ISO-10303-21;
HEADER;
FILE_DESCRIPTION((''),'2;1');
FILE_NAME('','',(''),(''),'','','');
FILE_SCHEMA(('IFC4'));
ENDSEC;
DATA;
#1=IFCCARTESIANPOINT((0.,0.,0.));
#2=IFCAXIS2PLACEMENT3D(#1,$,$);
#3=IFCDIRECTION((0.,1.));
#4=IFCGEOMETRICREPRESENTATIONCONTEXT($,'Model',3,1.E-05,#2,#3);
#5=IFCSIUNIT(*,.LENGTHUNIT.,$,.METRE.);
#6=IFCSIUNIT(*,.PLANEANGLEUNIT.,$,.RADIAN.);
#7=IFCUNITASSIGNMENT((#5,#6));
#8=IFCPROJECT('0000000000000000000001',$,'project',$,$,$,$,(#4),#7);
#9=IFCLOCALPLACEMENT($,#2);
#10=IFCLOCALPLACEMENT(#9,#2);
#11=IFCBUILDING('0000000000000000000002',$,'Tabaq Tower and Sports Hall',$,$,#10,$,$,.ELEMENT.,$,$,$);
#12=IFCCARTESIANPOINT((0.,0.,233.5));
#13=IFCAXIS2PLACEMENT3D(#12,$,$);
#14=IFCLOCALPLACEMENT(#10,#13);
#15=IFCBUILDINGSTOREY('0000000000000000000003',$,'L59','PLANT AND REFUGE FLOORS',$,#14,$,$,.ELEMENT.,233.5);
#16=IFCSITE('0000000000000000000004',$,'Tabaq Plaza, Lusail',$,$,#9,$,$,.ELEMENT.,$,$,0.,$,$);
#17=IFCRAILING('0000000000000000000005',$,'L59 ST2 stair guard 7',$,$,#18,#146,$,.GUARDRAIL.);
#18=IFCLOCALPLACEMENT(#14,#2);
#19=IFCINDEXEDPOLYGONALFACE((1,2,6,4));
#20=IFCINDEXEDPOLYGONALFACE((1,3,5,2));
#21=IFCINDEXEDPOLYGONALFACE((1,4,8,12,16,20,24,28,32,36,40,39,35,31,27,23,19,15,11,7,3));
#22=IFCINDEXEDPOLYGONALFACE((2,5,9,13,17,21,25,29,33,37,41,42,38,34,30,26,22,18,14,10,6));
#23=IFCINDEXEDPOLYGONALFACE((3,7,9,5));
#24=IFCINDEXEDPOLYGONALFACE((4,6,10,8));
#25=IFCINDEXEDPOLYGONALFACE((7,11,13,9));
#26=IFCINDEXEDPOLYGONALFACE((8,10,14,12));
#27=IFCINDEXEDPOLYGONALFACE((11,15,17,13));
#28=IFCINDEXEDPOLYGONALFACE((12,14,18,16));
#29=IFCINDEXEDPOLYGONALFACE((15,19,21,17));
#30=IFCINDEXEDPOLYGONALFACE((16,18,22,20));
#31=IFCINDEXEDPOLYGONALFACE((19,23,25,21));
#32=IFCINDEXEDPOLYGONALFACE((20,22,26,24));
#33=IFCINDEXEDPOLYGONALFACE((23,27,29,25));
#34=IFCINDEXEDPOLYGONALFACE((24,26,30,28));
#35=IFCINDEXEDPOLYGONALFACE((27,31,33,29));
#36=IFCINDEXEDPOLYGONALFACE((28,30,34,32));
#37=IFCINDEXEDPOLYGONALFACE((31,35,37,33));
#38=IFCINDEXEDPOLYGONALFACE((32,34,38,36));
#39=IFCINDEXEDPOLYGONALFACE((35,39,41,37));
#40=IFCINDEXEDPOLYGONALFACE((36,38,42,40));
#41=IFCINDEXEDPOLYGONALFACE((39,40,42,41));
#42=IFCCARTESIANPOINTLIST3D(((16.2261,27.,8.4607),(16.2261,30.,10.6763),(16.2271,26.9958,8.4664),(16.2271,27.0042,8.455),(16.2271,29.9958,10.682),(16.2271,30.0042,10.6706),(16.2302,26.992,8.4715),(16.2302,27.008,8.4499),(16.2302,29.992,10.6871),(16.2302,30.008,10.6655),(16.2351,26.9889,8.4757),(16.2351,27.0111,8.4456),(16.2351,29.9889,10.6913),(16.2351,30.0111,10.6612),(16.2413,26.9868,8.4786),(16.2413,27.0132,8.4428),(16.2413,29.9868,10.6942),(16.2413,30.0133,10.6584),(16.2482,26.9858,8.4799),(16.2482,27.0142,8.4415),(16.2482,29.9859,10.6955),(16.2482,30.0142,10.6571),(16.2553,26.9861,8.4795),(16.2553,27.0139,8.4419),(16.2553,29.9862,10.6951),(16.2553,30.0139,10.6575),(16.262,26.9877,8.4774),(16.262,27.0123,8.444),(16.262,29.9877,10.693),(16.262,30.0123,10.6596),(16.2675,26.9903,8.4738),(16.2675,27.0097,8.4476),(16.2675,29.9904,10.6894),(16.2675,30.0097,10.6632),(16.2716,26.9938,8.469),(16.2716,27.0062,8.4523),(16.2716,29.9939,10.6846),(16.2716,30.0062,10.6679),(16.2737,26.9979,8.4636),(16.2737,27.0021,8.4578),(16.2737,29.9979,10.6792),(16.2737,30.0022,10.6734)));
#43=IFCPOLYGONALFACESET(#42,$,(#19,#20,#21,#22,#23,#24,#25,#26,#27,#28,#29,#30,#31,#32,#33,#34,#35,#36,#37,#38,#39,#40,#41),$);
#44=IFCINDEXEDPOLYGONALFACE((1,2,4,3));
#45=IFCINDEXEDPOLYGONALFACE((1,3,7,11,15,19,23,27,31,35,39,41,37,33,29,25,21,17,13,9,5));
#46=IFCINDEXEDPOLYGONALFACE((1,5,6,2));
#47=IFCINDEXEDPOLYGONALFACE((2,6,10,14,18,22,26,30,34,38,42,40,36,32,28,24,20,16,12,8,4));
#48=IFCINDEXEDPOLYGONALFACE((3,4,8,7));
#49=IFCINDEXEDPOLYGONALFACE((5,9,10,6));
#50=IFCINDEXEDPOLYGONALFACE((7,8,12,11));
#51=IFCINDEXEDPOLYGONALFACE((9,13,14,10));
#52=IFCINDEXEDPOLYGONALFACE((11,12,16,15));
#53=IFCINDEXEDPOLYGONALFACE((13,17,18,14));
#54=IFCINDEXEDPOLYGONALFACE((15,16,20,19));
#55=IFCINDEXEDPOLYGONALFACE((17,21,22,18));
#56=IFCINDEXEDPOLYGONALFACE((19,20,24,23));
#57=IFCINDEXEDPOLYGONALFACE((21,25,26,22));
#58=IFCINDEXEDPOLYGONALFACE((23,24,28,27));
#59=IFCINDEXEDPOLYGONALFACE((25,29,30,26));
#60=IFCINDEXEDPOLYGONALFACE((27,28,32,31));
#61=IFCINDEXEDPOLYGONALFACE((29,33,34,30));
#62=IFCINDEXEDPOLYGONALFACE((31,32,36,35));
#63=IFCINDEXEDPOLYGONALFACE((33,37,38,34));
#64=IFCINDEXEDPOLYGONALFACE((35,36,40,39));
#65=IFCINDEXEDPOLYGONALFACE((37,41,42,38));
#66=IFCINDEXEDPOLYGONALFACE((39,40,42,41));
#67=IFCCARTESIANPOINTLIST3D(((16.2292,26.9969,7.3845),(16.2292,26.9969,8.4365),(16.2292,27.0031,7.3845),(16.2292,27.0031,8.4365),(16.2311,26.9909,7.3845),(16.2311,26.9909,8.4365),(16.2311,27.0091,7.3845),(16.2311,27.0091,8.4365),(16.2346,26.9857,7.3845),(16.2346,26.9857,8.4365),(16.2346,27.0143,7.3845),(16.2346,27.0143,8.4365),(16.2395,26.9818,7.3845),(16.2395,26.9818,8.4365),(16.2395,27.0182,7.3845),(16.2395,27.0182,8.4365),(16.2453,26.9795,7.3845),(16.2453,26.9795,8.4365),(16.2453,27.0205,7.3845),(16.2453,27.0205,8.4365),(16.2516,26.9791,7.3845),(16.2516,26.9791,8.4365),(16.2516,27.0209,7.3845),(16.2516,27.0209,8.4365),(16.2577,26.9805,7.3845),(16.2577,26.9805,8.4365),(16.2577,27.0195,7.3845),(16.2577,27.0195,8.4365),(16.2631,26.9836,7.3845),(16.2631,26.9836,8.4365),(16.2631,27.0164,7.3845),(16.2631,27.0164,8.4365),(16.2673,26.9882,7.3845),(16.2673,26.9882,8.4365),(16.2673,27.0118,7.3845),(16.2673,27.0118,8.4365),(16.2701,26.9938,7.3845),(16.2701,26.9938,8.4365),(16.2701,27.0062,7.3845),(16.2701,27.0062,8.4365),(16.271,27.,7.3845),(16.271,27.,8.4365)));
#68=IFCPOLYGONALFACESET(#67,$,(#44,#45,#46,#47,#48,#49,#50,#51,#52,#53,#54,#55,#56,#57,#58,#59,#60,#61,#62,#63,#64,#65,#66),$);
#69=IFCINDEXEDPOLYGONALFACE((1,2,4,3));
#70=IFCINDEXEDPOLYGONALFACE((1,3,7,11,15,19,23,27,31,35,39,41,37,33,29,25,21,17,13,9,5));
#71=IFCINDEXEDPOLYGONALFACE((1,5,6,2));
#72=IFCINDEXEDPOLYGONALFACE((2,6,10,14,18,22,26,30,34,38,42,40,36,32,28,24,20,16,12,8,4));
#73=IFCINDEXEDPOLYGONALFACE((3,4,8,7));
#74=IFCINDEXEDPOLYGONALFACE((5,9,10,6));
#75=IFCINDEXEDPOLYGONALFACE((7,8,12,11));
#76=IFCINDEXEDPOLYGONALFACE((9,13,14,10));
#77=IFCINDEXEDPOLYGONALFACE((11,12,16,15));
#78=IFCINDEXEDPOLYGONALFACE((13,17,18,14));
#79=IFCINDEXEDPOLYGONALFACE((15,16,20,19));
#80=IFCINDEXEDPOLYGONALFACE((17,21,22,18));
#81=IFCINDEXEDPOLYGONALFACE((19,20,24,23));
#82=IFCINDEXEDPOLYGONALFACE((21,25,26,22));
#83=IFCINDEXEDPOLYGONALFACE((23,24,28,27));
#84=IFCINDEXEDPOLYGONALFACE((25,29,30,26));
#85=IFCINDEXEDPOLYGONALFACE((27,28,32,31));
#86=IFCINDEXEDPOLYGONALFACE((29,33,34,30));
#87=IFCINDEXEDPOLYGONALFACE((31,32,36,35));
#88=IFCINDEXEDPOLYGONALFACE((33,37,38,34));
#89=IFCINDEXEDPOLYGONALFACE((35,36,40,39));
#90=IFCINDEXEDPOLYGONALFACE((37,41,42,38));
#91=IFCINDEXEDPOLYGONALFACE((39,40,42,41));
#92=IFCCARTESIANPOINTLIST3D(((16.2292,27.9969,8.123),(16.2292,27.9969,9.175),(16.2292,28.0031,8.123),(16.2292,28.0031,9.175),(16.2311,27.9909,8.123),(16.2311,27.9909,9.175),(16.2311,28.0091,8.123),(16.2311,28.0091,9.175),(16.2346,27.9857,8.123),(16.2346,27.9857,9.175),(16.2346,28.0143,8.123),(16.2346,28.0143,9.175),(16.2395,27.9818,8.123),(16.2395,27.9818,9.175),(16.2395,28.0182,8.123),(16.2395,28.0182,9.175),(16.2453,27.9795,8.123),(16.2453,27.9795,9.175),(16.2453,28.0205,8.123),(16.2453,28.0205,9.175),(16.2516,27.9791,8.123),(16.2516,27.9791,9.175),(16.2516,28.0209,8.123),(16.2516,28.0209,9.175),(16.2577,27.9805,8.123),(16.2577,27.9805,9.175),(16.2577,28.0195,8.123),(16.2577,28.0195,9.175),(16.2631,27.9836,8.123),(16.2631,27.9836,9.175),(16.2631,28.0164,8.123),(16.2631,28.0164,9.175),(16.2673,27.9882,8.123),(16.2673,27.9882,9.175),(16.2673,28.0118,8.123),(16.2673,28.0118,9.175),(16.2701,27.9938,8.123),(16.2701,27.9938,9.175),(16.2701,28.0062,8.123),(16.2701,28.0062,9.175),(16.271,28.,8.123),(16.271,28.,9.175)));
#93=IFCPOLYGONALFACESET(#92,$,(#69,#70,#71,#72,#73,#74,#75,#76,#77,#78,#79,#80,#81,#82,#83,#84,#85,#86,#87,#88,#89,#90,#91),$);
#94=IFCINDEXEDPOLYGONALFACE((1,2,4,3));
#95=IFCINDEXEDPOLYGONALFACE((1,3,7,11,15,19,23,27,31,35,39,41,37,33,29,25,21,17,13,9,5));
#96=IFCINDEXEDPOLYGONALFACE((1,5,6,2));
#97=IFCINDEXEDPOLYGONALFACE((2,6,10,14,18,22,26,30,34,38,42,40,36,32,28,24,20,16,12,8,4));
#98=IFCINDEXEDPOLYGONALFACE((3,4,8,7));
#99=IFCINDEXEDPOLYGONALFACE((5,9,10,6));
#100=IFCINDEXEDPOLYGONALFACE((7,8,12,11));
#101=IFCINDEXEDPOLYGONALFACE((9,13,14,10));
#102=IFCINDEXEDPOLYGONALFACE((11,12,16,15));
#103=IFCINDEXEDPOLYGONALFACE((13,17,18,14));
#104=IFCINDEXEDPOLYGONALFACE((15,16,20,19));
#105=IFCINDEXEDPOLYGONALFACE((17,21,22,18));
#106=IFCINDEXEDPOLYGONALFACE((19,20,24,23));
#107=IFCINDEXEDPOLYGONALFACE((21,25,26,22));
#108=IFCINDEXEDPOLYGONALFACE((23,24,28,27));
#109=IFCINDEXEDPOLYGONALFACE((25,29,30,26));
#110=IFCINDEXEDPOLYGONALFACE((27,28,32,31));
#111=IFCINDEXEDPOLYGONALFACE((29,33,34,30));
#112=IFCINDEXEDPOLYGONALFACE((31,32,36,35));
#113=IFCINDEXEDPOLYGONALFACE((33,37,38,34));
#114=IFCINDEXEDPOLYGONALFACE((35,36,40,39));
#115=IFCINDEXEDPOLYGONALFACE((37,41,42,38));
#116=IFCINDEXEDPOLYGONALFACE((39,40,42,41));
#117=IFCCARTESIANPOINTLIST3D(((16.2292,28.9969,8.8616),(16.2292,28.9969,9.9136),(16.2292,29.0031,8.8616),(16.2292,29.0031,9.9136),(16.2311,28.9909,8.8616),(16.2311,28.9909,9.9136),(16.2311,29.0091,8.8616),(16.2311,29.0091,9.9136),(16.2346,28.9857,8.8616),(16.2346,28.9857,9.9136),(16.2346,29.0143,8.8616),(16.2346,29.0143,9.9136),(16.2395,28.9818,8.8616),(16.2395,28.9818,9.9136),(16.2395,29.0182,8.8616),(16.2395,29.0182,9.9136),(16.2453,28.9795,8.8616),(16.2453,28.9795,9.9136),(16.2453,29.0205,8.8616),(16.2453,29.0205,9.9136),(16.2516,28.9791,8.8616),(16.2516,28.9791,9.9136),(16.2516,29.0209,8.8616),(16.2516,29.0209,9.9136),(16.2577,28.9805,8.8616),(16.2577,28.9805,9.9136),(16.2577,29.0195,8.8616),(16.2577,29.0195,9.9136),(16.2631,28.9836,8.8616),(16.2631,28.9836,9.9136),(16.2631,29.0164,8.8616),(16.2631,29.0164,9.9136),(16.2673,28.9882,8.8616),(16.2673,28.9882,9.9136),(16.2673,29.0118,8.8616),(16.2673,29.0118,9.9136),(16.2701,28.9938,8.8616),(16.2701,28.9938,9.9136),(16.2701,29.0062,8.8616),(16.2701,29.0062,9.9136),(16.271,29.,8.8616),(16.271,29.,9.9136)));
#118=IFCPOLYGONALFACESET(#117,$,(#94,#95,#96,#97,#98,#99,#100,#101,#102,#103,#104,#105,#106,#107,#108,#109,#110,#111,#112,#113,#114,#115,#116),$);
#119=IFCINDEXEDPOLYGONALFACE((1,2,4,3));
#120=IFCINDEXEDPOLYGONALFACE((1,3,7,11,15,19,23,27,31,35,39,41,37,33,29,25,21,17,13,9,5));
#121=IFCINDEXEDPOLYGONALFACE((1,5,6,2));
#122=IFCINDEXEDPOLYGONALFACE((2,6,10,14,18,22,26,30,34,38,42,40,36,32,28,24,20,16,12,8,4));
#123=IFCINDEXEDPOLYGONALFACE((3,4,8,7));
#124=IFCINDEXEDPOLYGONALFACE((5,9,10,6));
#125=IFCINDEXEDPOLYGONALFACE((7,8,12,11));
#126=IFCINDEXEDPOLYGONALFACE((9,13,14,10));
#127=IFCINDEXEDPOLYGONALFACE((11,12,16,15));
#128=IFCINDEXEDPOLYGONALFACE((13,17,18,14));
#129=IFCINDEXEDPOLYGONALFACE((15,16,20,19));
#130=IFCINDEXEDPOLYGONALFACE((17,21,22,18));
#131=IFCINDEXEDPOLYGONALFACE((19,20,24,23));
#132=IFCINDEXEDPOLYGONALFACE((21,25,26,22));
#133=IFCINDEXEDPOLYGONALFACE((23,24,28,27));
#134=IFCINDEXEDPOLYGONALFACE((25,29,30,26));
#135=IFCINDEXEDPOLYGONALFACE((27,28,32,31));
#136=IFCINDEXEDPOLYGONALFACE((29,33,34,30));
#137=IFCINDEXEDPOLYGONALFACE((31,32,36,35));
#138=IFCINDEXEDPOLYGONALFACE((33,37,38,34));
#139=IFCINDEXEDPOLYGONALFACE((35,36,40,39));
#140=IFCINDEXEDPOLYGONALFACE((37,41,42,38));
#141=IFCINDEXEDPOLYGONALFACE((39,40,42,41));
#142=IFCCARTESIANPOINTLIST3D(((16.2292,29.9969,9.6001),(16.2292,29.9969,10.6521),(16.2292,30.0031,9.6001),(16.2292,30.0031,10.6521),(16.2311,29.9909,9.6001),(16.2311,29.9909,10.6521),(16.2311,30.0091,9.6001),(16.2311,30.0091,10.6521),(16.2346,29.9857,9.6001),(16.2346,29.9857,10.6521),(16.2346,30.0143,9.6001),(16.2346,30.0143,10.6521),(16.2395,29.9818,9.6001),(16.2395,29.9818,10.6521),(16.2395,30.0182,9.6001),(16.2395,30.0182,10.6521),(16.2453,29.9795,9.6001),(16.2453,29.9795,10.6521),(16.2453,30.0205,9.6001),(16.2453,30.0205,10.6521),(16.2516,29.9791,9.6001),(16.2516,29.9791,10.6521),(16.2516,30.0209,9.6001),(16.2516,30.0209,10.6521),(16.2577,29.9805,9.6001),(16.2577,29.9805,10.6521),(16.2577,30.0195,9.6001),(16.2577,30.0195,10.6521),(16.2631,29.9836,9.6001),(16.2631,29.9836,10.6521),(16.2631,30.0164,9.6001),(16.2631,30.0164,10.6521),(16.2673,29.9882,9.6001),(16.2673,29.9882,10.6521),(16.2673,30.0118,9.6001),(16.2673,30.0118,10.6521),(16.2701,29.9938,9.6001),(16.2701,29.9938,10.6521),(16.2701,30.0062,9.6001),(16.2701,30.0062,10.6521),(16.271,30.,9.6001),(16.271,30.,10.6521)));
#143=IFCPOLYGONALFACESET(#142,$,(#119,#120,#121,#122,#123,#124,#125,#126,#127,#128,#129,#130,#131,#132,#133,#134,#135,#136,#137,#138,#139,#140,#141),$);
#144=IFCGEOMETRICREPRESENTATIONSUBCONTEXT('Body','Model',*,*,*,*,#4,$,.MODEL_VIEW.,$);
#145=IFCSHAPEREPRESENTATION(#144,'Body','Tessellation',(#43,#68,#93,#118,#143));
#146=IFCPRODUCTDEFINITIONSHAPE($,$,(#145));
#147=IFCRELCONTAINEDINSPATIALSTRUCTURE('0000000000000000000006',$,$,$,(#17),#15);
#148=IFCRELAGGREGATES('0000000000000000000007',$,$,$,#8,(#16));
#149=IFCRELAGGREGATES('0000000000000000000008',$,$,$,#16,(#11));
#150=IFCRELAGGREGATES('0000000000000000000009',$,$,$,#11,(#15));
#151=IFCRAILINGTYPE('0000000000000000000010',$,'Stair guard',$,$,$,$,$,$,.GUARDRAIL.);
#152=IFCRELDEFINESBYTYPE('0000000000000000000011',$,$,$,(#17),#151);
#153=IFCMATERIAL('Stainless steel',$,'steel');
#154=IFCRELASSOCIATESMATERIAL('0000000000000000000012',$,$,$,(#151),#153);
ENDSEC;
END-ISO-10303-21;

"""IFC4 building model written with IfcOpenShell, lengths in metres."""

from ifc_helpers import new_model, si_unit, direction, frame, origin, origin_2d, place, context, subcontext, project, spatial, circle, extrude, material, type_object, element, save


model = new_model("IFC4")

# Units and contexts
model_context = context("Model", 3, precision=1e-05, world=origin(), true_north=direction((0.0, 1.0)))
body_context = subcontext(model_context, "Body", "Model", "MODEL_VIEW")
ifc_project = project(units=[si_unit("LENGTHUNIT", "METRE"), si_unit("PLANEANGLEUNIT", "RADIAN")], contexts=[model_context])

# Site, building, storey
site_placement = place(None, origin())
site = spatial("IfcSite", under=ifc_project, at=site_placement, Name="Tabaq Plaza, Lusail", CompositionType="ELEMENT", RefElevation=0.0)
building_placement = place(site_placement, origin())
building = spatial("IfcBuilding", under=site, at=building_placement, Name="Tabaq Tower and Sports Hall", CompositionType="ELEMENT")
storey_placement = place(building_placement, frame((0.0, 0.0, 233.5)))
storey = spatial("IfcBuildingStorey", under=building, at=storey_placement, Name="L59", Description="PLANT AND REFUGE FLOORS", CompositionType="ELEMENT", Elevation=233.5)

# Railing
ifc_material_1 = material(Name="Stainless steel", Category="steel")
railing_type_1 = type_object("IfcRailingType", Name="Stair guard", PredefinedType="GUARDRAIL", material=ifc_material_1)
railing_1_placement = place(storey_placement, frame((16.25, 27.0, 7.3845)))
element("IfcRailing", 1, at=railing_1_placement, inside=storey, type_object=railing_type_1, Name="L59 ST2 stair guard 7", PredefinedType="GUARDRAIL", context=body_context, shape_type="SweptSolid", body=[
    extrude(circle(Radius=0.0239, at=origin_2d()), frame((0.0, 0.0, 1.0762), z_axis=(0.0, 0.804409, 0.594076), x_axis=(-1.0, 0.0, 0.0)), (0.0, 0.0, 1.0), 3.7295),
    extrude(circle(Radius=0.021, at=origin_2d()), origin(), (0.0, 0.0, 1.0), 1.052),
    extrude(circle(Radius=0.021, at=origin_2d()), frame((0.0, 1.0, 0.7385)), (0.0, 0.0, 1.0), 1.052),
    extrude(circle(Radius=0.021, at=origin_2d()), frame((0.0, 2.0, 1.4771)), (0.0, 0.0, 1.0), 1.052),
    extrude(circle(Radius=0.021, at=origin_2d()), frame((0.0, 3.0, 2.2156)), (0.0, 0.0, 1.0), 1.052),
])

save(model, "model.ifc")
